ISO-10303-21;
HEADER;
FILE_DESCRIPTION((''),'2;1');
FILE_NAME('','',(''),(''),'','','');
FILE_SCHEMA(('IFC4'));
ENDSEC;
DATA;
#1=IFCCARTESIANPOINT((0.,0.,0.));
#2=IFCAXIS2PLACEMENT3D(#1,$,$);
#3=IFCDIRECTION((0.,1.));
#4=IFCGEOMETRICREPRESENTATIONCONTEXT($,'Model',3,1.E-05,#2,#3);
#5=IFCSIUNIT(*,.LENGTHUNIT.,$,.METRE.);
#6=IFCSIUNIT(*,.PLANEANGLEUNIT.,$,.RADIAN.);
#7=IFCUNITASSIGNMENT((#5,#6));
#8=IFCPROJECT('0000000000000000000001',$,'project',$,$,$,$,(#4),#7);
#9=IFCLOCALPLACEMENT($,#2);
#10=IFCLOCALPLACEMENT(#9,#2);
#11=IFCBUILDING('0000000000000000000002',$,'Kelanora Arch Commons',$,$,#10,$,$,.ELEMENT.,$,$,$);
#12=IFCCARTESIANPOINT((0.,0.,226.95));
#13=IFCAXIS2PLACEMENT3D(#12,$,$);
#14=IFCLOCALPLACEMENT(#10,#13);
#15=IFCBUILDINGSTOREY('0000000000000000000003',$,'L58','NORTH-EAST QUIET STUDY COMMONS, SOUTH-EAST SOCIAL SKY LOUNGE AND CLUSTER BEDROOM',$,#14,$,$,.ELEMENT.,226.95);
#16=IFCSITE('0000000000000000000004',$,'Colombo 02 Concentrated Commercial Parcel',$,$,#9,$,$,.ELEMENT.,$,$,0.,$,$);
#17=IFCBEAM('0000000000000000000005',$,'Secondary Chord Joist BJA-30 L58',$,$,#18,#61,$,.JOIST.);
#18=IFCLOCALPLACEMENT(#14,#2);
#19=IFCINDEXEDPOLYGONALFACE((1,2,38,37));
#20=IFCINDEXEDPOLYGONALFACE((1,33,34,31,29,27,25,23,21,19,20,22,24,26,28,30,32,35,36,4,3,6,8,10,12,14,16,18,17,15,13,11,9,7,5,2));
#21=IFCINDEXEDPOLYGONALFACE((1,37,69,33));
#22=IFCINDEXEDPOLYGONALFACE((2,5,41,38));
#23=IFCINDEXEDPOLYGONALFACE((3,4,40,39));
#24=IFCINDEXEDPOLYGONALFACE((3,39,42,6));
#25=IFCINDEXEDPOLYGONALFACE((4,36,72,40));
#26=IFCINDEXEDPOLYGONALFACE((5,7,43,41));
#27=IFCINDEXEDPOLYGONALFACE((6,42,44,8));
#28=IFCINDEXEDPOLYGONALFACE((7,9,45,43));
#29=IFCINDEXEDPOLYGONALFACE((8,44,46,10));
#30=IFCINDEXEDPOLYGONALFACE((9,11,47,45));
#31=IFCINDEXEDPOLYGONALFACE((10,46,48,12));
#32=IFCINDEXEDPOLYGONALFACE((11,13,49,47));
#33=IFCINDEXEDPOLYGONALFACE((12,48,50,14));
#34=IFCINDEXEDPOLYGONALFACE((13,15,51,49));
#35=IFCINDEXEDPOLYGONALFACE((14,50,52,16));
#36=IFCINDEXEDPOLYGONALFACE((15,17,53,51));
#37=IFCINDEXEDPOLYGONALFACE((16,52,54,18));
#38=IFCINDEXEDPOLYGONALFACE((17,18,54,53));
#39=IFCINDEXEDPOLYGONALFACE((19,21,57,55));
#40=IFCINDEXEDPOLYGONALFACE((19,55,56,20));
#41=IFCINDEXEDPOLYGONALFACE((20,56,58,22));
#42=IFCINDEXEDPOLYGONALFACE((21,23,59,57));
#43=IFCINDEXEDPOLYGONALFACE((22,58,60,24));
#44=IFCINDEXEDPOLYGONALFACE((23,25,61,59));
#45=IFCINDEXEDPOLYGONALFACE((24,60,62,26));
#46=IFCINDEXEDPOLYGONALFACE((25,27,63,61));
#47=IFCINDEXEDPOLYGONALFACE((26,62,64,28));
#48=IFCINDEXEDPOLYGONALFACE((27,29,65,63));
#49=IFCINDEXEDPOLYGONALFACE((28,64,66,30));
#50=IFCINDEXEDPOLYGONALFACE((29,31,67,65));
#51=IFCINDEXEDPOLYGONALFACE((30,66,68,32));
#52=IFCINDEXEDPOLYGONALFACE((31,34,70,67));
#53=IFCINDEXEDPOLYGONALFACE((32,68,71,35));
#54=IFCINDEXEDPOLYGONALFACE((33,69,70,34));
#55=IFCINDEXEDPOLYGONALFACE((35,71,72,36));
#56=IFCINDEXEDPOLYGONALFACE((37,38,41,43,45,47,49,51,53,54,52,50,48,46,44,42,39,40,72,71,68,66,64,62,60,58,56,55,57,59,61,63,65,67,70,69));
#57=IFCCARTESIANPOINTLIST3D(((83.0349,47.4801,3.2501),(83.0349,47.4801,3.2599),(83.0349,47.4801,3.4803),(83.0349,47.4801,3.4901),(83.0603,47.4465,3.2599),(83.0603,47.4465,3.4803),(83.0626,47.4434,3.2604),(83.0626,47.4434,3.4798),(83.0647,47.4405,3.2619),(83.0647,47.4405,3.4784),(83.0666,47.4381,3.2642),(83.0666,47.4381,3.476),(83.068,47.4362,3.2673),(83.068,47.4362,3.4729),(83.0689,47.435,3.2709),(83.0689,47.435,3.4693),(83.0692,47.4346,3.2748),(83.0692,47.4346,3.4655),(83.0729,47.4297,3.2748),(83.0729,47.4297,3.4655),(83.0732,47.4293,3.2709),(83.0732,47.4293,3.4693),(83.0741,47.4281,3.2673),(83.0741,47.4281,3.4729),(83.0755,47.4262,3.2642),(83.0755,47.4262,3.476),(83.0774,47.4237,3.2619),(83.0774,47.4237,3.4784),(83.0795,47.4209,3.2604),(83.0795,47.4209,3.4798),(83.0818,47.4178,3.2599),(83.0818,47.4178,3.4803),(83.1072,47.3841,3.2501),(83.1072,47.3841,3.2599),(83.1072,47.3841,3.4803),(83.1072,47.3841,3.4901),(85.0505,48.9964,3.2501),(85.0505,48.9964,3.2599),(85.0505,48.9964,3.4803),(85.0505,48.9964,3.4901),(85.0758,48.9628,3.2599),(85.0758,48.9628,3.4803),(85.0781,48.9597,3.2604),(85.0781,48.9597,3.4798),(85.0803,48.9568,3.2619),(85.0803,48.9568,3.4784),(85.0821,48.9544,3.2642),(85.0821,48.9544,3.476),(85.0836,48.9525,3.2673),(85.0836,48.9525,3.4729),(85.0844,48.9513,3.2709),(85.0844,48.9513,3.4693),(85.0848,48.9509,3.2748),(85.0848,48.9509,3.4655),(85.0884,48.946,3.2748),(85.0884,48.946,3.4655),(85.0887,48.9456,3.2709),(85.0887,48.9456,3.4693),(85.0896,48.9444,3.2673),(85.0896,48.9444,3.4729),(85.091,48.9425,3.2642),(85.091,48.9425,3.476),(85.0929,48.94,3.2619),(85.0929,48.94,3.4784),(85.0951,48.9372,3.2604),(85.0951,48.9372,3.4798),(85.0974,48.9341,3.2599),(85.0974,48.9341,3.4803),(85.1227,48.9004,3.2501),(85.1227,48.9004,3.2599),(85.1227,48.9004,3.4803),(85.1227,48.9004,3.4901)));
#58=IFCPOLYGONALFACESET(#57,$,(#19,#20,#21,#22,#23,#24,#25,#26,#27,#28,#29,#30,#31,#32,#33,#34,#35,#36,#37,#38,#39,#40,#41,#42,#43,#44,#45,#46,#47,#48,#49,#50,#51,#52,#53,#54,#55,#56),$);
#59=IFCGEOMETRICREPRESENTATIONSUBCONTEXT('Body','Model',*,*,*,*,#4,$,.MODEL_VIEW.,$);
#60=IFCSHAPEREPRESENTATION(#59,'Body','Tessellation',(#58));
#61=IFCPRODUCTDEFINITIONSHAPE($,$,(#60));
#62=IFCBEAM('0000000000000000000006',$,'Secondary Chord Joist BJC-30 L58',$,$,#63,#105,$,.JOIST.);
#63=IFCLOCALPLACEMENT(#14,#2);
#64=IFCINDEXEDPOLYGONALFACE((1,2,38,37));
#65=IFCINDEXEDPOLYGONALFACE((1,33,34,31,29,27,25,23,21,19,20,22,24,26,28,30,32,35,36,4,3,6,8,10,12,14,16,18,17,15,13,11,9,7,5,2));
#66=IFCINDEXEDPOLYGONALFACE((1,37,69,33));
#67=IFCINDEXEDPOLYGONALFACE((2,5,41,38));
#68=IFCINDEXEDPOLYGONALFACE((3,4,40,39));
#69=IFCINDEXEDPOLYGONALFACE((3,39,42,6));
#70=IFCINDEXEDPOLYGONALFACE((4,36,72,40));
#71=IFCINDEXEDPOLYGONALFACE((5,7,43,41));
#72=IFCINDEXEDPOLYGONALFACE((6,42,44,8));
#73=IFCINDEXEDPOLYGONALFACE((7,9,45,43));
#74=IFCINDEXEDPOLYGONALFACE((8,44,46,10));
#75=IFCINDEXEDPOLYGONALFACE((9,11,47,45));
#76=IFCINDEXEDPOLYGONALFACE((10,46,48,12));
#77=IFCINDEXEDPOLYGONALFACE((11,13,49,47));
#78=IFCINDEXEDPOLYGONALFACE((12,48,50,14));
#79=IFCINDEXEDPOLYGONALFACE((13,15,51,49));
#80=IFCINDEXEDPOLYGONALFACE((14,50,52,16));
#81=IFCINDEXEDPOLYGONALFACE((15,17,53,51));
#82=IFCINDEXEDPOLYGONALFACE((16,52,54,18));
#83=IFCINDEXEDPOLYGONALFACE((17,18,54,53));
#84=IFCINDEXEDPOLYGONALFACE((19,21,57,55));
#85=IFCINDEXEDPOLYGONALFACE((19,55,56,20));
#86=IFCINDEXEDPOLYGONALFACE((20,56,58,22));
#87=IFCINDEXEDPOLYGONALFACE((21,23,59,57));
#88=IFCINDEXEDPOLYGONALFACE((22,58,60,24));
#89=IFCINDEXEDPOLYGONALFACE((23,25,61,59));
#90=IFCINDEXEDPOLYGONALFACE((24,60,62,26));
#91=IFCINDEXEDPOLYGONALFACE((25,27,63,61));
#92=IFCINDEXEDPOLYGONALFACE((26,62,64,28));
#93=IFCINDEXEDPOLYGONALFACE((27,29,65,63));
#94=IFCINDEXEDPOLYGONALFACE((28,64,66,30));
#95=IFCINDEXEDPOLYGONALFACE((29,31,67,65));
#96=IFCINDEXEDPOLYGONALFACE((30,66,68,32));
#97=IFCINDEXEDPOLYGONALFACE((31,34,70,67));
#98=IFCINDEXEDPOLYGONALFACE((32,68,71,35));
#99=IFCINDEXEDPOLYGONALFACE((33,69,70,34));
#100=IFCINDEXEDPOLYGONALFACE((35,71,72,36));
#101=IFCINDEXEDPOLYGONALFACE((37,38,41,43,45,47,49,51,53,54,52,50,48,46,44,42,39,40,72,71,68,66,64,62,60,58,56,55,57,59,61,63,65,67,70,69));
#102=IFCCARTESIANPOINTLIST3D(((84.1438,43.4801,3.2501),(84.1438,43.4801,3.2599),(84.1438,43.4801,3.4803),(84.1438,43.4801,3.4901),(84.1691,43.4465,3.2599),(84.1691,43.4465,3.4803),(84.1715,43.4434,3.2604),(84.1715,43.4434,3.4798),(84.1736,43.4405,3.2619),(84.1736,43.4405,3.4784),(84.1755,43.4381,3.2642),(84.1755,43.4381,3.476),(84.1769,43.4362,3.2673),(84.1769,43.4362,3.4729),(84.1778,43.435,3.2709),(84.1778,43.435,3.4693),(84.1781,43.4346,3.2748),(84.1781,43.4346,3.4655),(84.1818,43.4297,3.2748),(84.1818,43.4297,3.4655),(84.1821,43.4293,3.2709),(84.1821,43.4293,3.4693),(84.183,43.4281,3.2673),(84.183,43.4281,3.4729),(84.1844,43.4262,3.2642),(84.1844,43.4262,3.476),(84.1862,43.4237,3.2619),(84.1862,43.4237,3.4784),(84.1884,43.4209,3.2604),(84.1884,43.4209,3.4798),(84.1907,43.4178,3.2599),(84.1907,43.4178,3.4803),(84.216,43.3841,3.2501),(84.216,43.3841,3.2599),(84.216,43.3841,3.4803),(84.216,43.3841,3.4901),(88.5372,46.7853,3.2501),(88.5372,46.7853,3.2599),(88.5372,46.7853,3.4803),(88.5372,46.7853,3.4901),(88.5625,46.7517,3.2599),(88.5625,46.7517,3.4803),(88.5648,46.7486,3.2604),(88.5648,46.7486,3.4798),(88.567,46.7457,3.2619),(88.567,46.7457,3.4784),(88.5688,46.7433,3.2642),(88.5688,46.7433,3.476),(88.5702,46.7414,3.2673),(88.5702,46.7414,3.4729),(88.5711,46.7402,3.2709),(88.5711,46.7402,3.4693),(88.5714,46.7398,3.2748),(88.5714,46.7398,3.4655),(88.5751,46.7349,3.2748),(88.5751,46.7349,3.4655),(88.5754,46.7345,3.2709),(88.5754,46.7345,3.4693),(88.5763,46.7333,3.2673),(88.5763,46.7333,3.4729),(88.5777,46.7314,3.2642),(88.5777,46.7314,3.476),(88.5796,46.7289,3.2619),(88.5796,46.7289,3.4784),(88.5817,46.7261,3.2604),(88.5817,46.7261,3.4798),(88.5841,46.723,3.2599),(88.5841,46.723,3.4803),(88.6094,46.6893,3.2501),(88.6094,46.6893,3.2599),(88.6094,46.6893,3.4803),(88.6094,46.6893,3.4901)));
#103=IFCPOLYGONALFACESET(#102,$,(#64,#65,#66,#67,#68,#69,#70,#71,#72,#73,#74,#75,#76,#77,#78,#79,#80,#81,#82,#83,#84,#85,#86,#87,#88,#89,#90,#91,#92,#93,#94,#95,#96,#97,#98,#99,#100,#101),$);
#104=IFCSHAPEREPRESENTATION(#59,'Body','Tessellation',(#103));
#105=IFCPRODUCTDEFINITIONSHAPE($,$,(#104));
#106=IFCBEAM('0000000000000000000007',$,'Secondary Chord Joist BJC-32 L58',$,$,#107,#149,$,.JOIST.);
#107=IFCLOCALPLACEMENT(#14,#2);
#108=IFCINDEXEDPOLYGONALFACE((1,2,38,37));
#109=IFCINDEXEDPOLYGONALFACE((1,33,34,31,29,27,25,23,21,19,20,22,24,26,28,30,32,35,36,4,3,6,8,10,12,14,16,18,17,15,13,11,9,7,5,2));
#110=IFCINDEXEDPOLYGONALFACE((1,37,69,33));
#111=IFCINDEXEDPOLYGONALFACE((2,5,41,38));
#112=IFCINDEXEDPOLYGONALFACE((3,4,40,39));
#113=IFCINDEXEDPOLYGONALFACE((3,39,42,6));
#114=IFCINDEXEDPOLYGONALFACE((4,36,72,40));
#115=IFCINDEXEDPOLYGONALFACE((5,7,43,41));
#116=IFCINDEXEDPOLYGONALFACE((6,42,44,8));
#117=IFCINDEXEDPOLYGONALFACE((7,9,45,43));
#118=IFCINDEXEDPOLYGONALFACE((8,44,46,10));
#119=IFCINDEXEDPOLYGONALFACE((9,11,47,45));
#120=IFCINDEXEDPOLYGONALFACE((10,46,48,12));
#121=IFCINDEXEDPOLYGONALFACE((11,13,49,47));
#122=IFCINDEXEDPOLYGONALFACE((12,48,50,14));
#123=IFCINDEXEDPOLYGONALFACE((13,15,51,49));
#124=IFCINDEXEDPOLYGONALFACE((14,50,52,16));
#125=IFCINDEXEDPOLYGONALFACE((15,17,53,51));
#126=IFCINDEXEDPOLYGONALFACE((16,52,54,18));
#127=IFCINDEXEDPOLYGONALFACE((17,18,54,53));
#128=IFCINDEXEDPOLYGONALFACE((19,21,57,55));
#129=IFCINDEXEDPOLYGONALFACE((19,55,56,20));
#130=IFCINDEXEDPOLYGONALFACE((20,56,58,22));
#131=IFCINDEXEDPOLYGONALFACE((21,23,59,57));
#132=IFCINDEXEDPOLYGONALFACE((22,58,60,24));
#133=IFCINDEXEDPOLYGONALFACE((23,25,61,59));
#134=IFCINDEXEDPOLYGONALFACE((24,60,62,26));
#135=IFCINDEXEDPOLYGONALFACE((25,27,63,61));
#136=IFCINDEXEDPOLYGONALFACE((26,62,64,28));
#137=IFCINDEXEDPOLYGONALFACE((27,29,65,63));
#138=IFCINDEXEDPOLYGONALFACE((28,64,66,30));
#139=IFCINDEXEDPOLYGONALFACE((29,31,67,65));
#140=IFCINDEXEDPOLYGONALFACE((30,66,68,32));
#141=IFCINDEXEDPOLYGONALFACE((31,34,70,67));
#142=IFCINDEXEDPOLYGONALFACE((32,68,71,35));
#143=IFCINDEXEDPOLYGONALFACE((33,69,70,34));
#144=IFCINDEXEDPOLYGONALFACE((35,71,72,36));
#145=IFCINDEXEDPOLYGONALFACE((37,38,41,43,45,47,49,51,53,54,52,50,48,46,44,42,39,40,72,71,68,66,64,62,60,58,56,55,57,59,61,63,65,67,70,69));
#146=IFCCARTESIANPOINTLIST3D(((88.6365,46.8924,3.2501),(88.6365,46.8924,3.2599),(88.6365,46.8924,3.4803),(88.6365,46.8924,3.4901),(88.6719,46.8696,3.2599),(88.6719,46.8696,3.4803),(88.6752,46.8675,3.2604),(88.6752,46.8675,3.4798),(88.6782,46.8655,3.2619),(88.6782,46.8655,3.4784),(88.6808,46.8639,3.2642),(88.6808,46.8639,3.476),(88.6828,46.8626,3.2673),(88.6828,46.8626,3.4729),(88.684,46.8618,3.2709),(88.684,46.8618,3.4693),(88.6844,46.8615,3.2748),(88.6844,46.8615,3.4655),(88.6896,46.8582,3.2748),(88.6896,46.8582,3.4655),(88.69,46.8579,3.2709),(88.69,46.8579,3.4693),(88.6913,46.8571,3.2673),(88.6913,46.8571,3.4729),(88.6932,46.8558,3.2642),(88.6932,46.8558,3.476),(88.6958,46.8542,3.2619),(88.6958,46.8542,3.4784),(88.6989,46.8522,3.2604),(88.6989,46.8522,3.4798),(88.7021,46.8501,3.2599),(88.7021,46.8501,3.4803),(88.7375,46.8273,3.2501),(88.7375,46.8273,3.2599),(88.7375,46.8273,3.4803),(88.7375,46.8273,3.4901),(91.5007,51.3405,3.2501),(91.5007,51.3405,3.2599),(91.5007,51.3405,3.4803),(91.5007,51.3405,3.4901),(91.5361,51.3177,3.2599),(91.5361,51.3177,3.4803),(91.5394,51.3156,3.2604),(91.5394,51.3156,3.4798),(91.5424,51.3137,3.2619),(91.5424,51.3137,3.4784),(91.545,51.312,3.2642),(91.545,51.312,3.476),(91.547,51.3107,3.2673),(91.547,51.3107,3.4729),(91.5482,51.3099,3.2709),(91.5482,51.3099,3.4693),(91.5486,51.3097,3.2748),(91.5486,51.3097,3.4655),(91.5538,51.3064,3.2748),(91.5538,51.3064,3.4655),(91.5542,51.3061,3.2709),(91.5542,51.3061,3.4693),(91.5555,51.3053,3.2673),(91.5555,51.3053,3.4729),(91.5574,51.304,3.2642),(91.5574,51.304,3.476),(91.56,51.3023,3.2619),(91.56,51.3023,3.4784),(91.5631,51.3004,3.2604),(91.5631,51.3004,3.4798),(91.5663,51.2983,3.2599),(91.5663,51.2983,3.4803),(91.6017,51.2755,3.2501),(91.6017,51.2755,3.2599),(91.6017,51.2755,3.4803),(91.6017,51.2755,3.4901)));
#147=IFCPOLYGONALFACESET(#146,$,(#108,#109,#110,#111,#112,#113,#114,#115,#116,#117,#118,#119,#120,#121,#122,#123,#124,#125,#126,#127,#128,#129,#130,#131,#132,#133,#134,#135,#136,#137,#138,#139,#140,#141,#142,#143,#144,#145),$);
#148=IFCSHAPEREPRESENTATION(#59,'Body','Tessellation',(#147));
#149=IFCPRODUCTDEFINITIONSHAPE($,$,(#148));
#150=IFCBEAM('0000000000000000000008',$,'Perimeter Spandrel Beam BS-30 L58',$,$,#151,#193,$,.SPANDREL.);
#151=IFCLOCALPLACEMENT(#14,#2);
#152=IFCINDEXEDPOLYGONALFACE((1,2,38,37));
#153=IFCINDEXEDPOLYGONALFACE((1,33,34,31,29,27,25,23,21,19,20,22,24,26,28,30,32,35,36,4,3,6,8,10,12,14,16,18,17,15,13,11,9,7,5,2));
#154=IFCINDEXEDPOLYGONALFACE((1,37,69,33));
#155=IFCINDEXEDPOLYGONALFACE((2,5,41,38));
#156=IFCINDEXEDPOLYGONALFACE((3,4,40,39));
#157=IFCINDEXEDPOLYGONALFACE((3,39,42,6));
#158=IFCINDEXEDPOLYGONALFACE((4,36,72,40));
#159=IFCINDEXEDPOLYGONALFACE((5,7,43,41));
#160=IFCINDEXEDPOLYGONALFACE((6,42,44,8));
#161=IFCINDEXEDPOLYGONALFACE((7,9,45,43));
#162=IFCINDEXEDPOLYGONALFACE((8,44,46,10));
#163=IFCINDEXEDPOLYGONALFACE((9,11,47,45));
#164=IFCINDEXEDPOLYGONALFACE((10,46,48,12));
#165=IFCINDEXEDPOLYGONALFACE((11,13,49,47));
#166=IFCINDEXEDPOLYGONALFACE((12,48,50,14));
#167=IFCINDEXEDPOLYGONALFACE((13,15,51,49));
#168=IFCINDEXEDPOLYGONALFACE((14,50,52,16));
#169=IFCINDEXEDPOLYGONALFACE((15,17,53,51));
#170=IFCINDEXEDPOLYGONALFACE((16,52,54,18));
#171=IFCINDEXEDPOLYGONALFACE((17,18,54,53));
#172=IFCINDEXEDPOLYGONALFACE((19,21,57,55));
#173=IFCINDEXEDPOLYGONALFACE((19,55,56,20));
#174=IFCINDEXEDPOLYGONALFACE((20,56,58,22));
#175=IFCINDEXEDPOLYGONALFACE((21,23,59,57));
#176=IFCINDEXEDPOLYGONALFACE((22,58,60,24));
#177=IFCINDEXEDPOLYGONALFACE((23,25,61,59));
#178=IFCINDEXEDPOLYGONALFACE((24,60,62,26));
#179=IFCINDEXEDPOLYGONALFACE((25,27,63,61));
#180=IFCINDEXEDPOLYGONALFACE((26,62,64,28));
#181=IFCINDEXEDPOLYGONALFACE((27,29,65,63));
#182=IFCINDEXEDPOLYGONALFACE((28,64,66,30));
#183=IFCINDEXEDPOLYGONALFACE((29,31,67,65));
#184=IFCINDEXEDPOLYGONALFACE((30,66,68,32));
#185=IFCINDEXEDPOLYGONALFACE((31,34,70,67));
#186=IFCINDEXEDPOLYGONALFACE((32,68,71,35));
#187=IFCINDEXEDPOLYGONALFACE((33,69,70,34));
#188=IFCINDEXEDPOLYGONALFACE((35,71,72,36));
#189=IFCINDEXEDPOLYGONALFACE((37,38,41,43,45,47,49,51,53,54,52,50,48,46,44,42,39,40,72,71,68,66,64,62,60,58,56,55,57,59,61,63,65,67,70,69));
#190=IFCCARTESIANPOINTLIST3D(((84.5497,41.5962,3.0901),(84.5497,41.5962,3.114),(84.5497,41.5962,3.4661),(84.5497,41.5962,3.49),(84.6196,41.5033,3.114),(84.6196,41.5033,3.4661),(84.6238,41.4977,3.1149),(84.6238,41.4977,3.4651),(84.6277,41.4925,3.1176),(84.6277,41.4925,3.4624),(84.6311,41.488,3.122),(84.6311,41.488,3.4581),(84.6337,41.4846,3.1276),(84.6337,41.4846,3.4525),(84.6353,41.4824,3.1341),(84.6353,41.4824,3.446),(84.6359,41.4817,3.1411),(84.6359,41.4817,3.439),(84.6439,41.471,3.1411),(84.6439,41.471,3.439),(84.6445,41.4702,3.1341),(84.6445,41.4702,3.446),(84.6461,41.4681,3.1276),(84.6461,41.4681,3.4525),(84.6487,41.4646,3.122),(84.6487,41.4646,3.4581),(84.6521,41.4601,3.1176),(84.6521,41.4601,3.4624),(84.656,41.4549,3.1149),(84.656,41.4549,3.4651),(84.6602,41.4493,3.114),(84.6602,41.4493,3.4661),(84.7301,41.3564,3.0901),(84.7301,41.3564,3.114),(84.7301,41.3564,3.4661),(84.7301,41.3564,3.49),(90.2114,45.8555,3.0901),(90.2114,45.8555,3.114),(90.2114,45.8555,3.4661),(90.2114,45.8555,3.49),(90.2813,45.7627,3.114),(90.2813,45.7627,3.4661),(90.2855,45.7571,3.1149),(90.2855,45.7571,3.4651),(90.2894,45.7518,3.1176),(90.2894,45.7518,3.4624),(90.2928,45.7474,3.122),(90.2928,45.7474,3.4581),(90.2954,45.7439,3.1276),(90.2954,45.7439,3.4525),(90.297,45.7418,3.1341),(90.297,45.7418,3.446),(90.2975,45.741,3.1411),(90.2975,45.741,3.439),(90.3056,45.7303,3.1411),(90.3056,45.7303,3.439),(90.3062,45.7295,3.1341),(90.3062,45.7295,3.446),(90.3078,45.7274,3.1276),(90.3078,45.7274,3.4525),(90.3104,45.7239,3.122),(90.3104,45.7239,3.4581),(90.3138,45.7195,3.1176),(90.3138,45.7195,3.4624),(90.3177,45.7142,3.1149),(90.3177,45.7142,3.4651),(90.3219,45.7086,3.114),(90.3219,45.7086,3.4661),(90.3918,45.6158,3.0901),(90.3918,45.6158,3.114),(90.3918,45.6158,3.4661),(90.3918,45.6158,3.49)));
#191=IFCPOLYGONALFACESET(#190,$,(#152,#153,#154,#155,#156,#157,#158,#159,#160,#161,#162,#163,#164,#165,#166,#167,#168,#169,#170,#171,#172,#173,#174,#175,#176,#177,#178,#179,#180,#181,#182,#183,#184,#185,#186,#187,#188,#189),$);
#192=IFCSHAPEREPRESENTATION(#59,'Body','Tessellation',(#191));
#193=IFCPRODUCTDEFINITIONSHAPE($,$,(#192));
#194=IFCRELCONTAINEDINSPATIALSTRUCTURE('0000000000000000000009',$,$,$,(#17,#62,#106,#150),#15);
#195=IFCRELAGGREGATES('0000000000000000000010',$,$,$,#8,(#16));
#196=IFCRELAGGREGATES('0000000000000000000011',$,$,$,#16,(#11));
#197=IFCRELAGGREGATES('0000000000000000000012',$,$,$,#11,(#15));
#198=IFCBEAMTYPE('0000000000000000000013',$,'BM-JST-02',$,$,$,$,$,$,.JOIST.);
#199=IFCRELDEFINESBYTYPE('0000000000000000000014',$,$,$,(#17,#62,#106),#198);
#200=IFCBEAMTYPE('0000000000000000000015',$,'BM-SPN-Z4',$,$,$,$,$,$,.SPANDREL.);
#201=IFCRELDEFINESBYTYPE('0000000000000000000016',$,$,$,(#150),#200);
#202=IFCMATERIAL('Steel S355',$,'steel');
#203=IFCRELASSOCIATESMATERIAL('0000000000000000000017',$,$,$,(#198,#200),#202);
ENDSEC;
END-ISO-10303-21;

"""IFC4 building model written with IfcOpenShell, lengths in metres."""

from ifc_helpers import new_model, si_unit, direction, frame, origin, origin_2d, place, context, subcontext, project, spatial, i_section, extrude, material, material_profile, profile_set, type_object, element, save


model = new_model("IFC4")

# Units and contexts
model_context = context("Model", 3, precision=1e-05, world=origin(), true_north=direction((0.0, 1.0)))
body_context = subcontext(model_context, "Body", "Model", "MODEL_VIEW")
ifc_project = project(units=[si_unit("LENGTHUNIT", "METRE"), si_unit("PLANEANGLEUNIT", "RADIAN")], contexts=[model_context])

# Site, building, storey
site_placement = place(None, origin())
site = spatial("IfcSite", under=ifc_project, at=site_placement, Name="Colombo 02 Concentrated Commercial Parcel", CompositionType="ELEMENT", RefElevation=0.0)
building_placement = place(site_placement, origin())
building = spatial("IfcBuilding", under=site, at=building_placement, Name="Kelanora Arch Commons", CompositionType="ELEMENT")
storey_placement = place(building_placement, frame((0.0, 0.0, 226.95)))
storey = spatial("IfcBuildingStorey", under=building, at=storey_placement, Name="L58", Description="NORTH-EAST QUIET STUDY COMMONS, SOUTH-EAST SOCIAL SKY LOUNGE AND CLUSTER BEDROOM", CompositionType="ELEMENT", Elevation=226.95)

# Beams
ifc_material_1 = material(Name="Steel S355", Category="steel")
ifc_material_profile_1 = material_profile(ifc_material_1, i_section(OverallWidth=0.1201, OverallDepth=0.24, WebThickness=0.0061, FlangeThickness=0.0098, FilletRadius=0.0149, at=origin_2d()), Name="IPE240")
ifc_profile_set_1 = profile_set([ifc_material_profile_1], Name="Steel S355")
beam_type_1 = type_object("IfcBeamType", Name="BM-JST-02", PredefinedType="JOIST", material=ifc_profile_set_1)
beam_1_placement = place(storey_placement, frame((83.071, 47.4321, 3.3701), z_axis=(0.799116, 0.601176, 0.0), x_axis=(-0.601176, 0.799116, 0.0)))
element("IfcBeam", 1, at=beam_1_placement, inside=storey, type_object=beam_type_1, Name="Secondary Chord Joist BJA-30 L58", PredefinedType="JOIST", context=body_context, shape_type="SweptSolid", body=[
    extrude(i_section(OverallWidth=0.1201, OverallDepth=0.24, WebThickness=0.0061, FlangeThickness=0.0098, FilletRadius=0.0149, at=origin_2d()), origin(), (0.0, 0.0, 1.0), 2.5222),
])
beam_2_placement = place(storey_placement, frame((84.1799, 43.4321, 3.3701), z_axis=(0.799109, 0.601186, 0.0), x_axis=(-0.601186, 0.799109, 0.0)))
element("IfcBeam", 2, at=beam_2_placement, inside=storey, type_object=beam_type_1, Name="Secondary Chord Joist BJC-30 L58", PredefinedType="JOIST", context=body_context, shape_type="SweptSolid", body=[
    extrude(i_section(OverallWidth=0.1201, OverallDepth=0.24, WebThickness=0.0061, FlangeThickness=0.0098, FilletRadius=0.0149, at=origin_2d()), origin(), (0.0, 0.0, 1.0), 5.4978),
])
beam_3_placement = place(storey_placement, frame((88.687, 46.8599, 3.3701), z_axis=(0.541382, 0.840776, 0.0), x_axis=(-0.840776, 0.541382, 0.0)))
element("IfcBeam", 3, at=beam_3_placement, inside=storey, type_object=beam_type_1, Name="Secondary Chord Joist BJC-32 L58", PredefinedType="JOIST", context=body_context, shape_type="SweptSolid", body=[
    extrude(i_section(OverallWidth=0.1201, OverallDepth=0.24, WebThickness=0.0061, FlangeThickness=0.0098, FilletRadius=0.0149, at=origin_2d()), origin(), (0.0, 0.0, 1.0), 5.2905),
])
ifc_material_profile_2 = material_profile(ifc_material_1, i_section(OverallWidth=0.3, OverallDepth=0.3999, WebThickness=0.0134, FlangeThickness=0.0239, FilletRadius=0.0271, at=origin_2d()), Name="HEB400")
ifc_profile_set_2 = profile_set([ifc_material_profile_2], Name="Steel S355")
beam_type_2 = type_object("IfcBeamType", Name="BM-SPN-Z4", PredefinedType="SPANDREL", material=ifc_profile_set_2)
beam_4_placement = place(storey_placement, frame((84.6399, 41.4763, 3.29), z_axis=(0.799114, 0.601179, 0.0), x_axis=(-0.601179, 0.799114, 0.0)))
element("IfcBeam", 4, at=beam_4_placement, inside=storey, type_object=beam_type_2, Name="Perimeter Spandrel Beam BS-30 L58", PredefinedType="SPANDREL", context=body_context, shape_type="SweptSolid", body=[
    extrude(i_section(OverallWidth=0.3, OverallDepth=0.3999, WebThickness=0.0134, FlangeThickness=0.0239, FilletRadius=0.0271, at=origin_2d()), origin(), (0.0, 0.0, 1.0), 7.085),
])

save(model, "model.ifc")
